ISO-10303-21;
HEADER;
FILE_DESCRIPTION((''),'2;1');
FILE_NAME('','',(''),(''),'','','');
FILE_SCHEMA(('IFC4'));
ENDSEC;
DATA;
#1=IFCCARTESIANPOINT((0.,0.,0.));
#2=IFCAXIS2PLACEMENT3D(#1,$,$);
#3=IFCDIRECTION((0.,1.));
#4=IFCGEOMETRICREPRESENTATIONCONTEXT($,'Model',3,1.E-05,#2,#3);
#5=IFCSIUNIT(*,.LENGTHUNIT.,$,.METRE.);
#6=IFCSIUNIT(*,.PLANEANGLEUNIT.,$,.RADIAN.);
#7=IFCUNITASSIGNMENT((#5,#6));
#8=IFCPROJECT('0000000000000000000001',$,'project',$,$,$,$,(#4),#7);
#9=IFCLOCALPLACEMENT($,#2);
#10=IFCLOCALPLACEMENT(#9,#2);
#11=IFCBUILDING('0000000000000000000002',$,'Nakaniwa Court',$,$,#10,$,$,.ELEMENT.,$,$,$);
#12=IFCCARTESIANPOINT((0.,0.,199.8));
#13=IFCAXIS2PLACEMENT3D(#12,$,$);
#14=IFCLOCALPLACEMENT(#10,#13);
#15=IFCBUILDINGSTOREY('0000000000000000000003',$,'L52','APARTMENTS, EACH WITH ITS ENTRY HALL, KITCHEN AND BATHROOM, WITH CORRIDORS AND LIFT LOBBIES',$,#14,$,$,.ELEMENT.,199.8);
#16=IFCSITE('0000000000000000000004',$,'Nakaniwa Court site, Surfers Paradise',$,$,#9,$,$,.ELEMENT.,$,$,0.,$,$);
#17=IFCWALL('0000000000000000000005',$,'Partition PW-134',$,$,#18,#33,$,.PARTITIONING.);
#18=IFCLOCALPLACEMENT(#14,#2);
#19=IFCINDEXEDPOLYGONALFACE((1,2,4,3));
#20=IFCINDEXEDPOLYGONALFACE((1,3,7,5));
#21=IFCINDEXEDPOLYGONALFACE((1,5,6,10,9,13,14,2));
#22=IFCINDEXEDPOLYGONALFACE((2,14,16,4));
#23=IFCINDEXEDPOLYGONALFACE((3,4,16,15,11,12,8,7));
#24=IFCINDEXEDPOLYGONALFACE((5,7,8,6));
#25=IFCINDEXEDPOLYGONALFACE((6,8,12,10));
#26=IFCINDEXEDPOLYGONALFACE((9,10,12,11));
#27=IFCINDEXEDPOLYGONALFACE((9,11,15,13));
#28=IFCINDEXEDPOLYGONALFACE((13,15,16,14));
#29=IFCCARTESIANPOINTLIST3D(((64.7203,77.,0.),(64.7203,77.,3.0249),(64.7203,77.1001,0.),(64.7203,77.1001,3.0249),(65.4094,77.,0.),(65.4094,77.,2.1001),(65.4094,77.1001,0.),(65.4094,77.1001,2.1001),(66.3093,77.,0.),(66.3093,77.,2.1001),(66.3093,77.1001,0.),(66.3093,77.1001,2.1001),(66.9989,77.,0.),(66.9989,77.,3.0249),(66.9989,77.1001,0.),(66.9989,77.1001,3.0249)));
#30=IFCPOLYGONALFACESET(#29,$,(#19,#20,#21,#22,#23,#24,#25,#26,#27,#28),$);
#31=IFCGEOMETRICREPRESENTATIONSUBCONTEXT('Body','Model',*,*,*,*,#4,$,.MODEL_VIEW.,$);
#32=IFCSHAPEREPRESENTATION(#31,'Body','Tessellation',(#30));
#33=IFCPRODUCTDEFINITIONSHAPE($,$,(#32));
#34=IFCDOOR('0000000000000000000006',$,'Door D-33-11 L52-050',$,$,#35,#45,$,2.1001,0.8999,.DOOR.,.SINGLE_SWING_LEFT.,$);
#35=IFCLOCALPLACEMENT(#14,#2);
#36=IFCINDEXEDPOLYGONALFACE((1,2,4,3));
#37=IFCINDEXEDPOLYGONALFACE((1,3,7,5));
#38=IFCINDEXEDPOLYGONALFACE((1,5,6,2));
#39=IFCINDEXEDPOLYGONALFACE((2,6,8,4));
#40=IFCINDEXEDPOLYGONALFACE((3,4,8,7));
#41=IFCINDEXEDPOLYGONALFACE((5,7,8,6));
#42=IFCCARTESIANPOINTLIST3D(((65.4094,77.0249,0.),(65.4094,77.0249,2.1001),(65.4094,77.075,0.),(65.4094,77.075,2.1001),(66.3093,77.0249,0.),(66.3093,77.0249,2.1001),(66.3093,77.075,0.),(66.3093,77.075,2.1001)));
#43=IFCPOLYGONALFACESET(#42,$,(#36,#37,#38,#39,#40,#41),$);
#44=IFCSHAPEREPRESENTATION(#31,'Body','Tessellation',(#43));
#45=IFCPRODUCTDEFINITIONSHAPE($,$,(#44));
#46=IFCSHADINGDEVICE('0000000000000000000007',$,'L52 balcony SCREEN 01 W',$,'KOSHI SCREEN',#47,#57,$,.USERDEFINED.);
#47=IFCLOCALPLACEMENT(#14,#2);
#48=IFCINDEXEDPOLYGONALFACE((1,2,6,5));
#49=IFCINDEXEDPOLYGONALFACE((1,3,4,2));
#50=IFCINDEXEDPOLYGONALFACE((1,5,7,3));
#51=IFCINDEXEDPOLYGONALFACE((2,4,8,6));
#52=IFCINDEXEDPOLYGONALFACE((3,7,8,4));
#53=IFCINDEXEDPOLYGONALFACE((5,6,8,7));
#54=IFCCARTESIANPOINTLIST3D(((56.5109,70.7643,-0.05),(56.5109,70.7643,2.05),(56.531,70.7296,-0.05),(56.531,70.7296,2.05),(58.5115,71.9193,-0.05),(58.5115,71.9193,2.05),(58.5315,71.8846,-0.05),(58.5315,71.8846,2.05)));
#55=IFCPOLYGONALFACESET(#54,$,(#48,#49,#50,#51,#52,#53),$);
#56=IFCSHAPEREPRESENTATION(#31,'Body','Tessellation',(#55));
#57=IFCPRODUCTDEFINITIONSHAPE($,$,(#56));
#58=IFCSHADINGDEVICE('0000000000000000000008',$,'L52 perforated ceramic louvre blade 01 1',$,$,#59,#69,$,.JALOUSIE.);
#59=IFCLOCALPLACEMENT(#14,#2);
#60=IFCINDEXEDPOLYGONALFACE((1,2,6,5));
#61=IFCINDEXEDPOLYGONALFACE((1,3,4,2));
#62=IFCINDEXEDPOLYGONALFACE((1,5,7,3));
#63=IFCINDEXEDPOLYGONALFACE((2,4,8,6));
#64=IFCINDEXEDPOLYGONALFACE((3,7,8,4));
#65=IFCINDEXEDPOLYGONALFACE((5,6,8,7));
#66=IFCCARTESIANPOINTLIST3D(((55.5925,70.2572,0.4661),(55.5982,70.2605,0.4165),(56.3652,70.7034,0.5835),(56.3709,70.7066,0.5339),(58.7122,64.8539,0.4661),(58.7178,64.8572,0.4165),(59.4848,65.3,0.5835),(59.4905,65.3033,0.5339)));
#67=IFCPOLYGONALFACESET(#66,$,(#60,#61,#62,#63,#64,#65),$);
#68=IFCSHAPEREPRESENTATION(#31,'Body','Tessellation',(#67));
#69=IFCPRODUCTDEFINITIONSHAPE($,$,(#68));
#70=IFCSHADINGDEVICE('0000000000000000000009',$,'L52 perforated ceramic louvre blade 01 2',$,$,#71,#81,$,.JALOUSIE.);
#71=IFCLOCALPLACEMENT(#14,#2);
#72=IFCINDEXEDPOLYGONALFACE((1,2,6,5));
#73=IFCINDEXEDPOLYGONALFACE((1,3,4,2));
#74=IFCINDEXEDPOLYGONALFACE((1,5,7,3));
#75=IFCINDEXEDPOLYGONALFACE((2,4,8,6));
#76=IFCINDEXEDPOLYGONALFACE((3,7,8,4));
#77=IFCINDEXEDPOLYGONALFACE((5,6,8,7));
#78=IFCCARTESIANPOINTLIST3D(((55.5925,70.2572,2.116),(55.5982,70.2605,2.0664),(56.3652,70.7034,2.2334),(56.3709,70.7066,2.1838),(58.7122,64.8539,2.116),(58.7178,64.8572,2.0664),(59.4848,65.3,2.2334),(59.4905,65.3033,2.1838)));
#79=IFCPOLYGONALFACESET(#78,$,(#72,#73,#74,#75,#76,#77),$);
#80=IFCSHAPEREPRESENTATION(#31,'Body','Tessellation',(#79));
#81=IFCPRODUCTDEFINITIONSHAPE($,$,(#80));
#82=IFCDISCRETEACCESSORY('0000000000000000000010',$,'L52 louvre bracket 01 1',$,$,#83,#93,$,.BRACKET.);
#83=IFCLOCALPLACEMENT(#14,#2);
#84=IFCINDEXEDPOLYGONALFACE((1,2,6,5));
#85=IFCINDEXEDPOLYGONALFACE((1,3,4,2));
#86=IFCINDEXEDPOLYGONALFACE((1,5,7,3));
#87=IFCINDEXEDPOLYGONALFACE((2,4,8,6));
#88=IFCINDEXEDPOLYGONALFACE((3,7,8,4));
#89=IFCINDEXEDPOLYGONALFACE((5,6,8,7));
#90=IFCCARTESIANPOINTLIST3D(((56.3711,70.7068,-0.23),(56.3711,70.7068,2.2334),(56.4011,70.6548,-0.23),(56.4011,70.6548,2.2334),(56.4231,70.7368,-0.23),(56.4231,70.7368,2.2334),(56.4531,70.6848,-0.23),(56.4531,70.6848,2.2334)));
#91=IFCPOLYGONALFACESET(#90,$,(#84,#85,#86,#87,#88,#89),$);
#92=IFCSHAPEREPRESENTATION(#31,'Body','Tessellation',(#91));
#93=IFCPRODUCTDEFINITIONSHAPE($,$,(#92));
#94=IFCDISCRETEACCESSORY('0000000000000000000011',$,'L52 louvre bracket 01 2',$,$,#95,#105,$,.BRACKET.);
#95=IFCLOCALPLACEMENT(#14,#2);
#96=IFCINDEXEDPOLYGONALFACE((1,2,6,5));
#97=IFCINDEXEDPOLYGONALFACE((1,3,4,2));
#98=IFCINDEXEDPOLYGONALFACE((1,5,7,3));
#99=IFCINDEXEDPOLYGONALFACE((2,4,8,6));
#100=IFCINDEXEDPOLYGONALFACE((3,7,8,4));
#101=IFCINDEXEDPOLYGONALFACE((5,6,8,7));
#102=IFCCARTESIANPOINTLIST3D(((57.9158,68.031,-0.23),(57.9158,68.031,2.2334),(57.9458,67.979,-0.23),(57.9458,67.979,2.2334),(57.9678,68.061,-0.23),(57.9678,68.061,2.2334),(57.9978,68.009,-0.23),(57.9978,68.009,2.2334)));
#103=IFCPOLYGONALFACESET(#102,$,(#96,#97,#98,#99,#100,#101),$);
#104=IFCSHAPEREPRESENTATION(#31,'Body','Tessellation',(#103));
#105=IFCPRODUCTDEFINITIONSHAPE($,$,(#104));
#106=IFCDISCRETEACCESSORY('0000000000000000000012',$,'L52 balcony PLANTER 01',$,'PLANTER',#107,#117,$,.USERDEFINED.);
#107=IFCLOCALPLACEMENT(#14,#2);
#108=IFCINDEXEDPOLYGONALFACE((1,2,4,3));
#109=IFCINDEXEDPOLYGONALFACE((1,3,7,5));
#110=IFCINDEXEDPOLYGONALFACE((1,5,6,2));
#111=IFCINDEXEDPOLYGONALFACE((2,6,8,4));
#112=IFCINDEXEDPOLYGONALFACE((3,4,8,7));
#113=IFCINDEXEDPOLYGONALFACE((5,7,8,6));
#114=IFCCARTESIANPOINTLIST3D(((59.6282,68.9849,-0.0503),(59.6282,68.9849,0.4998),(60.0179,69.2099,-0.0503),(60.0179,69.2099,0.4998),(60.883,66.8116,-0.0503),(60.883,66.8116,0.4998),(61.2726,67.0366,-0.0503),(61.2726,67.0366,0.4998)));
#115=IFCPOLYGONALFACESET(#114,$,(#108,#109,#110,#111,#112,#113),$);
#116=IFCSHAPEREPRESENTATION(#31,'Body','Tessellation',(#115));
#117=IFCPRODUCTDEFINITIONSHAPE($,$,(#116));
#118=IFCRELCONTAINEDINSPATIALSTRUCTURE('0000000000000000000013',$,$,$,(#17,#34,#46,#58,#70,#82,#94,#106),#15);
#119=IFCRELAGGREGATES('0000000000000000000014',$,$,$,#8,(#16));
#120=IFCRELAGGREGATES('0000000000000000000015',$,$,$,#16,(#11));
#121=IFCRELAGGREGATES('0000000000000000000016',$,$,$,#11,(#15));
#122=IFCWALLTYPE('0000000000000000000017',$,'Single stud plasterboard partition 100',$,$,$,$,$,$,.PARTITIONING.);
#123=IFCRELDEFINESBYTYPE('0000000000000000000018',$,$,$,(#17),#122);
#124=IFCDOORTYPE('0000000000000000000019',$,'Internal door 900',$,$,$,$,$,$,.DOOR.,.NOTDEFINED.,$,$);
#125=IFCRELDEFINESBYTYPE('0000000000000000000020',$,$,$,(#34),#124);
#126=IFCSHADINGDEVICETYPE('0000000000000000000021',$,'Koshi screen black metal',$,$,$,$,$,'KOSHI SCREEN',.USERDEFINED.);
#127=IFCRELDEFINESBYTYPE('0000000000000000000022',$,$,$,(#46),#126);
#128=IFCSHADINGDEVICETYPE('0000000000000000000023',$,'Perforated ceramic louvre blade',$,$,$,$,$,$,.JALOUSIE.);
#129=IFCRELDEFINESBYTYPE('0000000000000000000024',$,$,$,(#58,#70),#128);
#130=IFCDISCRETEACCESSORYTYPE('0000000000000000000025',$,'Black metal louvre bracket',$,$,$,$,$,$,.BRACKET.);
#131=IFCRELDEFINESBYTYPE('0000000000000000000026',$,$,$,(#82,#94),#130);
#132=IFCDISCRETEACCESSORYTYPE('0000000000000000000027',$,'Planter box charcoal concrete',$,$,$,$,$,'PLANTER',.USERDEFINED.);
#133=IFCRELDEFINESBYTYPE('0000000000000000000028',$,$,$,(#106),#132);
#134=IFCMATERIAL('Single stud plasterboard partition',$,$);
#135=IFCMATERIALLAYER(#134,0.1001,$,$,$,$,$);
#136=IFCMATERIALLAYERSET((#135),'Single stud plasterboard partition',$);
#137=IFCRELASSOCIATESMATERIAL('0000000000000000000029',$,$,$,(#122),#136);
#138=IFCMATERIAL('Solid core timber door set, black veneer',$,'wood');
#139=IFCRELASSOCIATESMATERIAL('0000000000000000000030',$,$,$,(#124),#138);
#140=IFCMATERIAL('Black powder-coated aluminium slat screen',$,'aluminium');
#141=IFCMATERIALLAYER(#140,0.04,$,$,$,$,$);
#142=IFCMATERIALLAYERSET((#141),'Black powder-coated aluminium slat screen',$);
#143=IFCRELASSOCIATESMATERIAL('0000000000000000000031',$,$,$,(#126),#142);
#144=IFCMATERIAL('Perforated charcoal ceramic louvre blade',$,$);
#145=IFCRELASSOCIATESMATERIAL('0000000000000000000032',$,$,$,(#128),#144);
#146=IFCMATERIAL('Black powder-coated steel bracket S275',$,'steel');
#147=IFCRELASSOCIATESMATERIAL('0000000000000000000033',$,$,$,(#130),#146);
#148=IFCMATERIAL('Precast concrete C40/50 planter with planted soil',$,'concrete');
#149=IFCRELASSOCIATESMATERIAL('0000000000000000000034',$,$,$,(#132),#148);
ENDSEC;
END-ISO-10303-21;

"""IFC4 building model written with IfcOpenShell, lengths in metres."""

from ifc_helpers import new_model, si_unit, direction, frame, frame_2d, origin, origin_2d, place, context, subcontext, project, spatial, rectangle, extrude, material, layer, layer_set, material_profile, profile_set, type_object, element, fill, save


model = new_model("IFC4")

# Units and contexts
model_context = context("Model", 3, precision=1e-05, world=origin(), true_north=direction((0.0, 1.0)))
body_context = subcontext(model_context, "Body", "Model", "MODEL_VIEW")
ifc_project = project(units=[si_unit("LENGTHUNIT", "METRE"), si_unit("PLANEANGLEUNIT", "RADIAN")], contexts=[model_context])

# Site, building, storey
site_placement = place(None, origin())
site = spatial("IfcSite", under=ifc_project, at=site_placement, Name="Nakaniwa Court site, Surfers Paradise", CompositionType="ELEMENT", RefElevation=0.0)
building_placement = place(site_placement, origin())
building = spatial("IfcBuilding", under=site, at=building_placement, Name="Nakaniwa Court", CompositionType="ELEMENT")
storey_placement = place(building_placement, frame((0.0, 0.0, 199.8)))
storey = spatial("IfcBuildingStorey", under=building, at=storey_placement, Name="L52", Description="APARTMENTS, EACH WITH ITS ENTRY HALL, KITCHEN AND BATHROOM, WITH CORRIDORS AND LIFT LOBBIES", CompositionType="ELEMENT", Elevation=199.8)

# Shared definitions
ifc_material_1 = material(Name="Solid core timber door set, black veneer", Category="wood")

# Shared definitions
ifc_material_2 = material(Name="Single stud plasterboard partition")
ifc_layer_1 = layer(ifc_material_2, 0.1001)
ifc_layer_set_1 = layer_set([ifc_layer_1], Name="Single stud plasterboard partition")
wall_type_1 = type_object("IfcWallType", Name="Single stud plasterboard partition 100", PredefinedType="PARTITIONING", material=ifc_layer_set_1)
door_type_1 = type_object("IfcDoorType", Name="Internal door 900", OperationType="NOTDEFINED", PredefinedType="DOOR", material=ifc_material_1)

# Wall, opening, door
wall_1_placement = place(storey_placement, frame((64.7205, 77.05, 0.0), z_axis=(0.0, 0.0, 1.0), x_axis=(1.0, 0.0, 0.0)))
wall_1 = element("IfcWall", 1, at=wall_1_placement, inside=storey, type_object=wall_type_1, Name="Partition PW-134", PredefinedType="PARTITIONING", context=body_context, shape_type="SweptSolid", body=[
    extrude(rectangle(XDim=2.2786, YDim=0.1001, at=frame_2d((1.1392, 0.0))), origin(), (0.0, 0.0, 1.0), 3.0249),
])
opening_1_placement = place(wall_1_placement, frame((0.689, 0.0, 0.0)))
opening_1 = element("IfcOpeningElement", 2, at=opening_1_placement, cuts=wall_1, PredefinedType="OPENING", context=body_context, shape_type="SweptSolid", body=[
    extrude(rectangle(XDim=0.8999, YDim=2.1001, at=frame_2d((0.45, 1.05))), frame((0.0, 0.0601, 0.0), z_axis=(0.0, -1.0, 0.0), x_axis=(1.0, 0.0, 0.0)), (0.0, 0.0, 1.0), 0.1201),
])
door_1_placement = place(opening_1_placement, origin())
door_1 = element("IfcDoor", 3, at=door_1_placement, inside=storey, type_object=door_type_1, Name="Door D-33-11 L52-050", OperationType="SINGLE_SWING_LEFT", OverallHeight=2.1001, OverallWidth=0.8999, PredefinedType="DOOR", context=body_context, shape_type="SweptSolid", body=[
    extrude(rectangle(XDim=0.8999, YDim=2.1001, at=frame_2d((0.45, 1.05))), frame((0.0, 0.0249, 0.0), z_axis=(0.0, -1.0, 0.0), x_axis=(1.0, 0.0, 0.0)), (0.0, 0.0, 1.0), 0.05),
])
fill(opening_1, door_1)

# Shading devices
ifc_material_3 = material(Name="Black powder-coated aluminium slat screen", Category="aluminium")
ifc_layer_2 = layer(ifc_material_3, 0.04)
ifc_layer_set_2 = layer_set([ifc_layer_2], Name="Black powder-coated aluminium slat screen")
shading_device_type_1 = type_object("IfcShadingDeviceType", Name="Koshi screen black metal", ElementType="KOSHI SCREEN", PredefinedType="USERDEFINED", material=ifc_layer_set_2)
shading_device_placement = place(storey_placement, frame((57.5212, 71.3245, -0.05), z_axis=(0.0, 0.0, 1.0), x_axis=(0.499986, -0.866033, 0.0)))
element("IfcShadingDevice", 4, at=shading_device_placement, inside=storey, type_object=shading_device_type_1, Name="L52 balcony SCREEN 01 W", ObjectType="KOSHI SCREEN", PredefinedType="USERDEFINED", context=body_context, shape_type="SweptSolid", body=[
    extrude(rectangle(XDim=0.04, YDim=2.3101, at=origin_2d()), origin(), (0.0, 0.0, 1.0), 2.1001),
])
ifc_material_4 = material(Name="Perforated charcoal ceramic louvre blade")
ifc_material_profile_1 = material_profile(ifc_material_4, rectangle(XDim=0.8999, YDim=0.05, at=origin_2d()), Name="Perforated ceramic louvre blade")
ifc_profile_set_1 = profile_set([ifc_material_profile_1], Name="Perforated charcoal ceramic louvre blade")
shading_device_type_2 = type_object("IfcShadingDeviceType", Name="Perforated ceramic louvre blade", PredefinedType="JALOUSIE", material=ifc_profile_set_1)
for number, where, z_axis, x_axis, name in (
    (5, (55.9817, 70.4819, 0.5), (0.500002, -0.866024, 0.0), (0.858615, 0.495725, 0.130526), "L52 perforated ceramic louvre blade 01 1"),
    (6, (55.9817, 70.4819, 2.1499), (0.500002, -0.866024, 0.0), (0.858615, 0.495725, 0.130526), "L52 perforated ceramic louvre blade 01 2"),
):
    element("IfcShadingDevice", number, at=place(storey_placement, frame(where, z_axis=z_axis, x_axis=x_axis)), inside=storey, type_object=shading_device_type_2, Name=name, PredefinedType="JALOUSIE", context=body_context, shape_type="SweptSolid", body=[
        extrude(rectangle(XDim=0.8999, YDim=0.05, at=origin_2d()), origin(), (0.0, 0.0, 1.0), 6.2393),
    ])

# Discrete accessories
ifc_material_5 = material(Name="Black powder-coated steel bracket S275", Category="steel")
discrete_accessory_type_1 = type_object("IfcDiscreteAccessoryType", Name="Black metal louvre bracket", PredefinedType="BRACKET", material=ifc_material_5)
for number, where, z_axis, x_axis, name in (
    (7, (56.4121, 70.6958, -0.23), (0.0, 0.0, 1.0), (0.499986, -0.866033, 0.0), "L52 louvre bracket 01 1"),
    (8, (57.9568, 68.02, -0.23), (0.0, 0.0, 1.0), (0.499986, -0.866033, 0.0), "L52 louvre bracket 01 2"),
):
    element("IfcDiscreteAccessory", number, at=place(storey_placement, frame(where, z_axis=z_axis, x_axis=x_axis)), inside=storey, type_object=discrete_accessory_type_1, Name=name, PredefinedType="BRACKET", context=body_context, shape_type="SweptSolid", body=[
        extrude(rectangle(XDim=0.0601, YDim=0.0601, at=origin_2d()), origin(), (0.0, 0.0, 1.0), 2.4634),
    ])
ifc_material_6 = material(Name="Precast concrete C40/50 planter with planted soil", Category="concrete")
discrete_accessory_type_2 = type_object("IfcDiscreteAccessoryType", Name="Planter box charcoal concrete", ElementType="PLANTER", PredefinedType="USERDEFINED", material=ifc_material_6)
discrete_accessory_placement = place(storey_placement, frame((60.4504, 68.0107, -0.0503), z_axis=(0.0, 0.0, 1.0), x_axis=(0.499986, -0.866033, 0.0)))
element("IfcDiscreteAccessory", 9, at=discrete_accessory_placement, inside=storey, type_object=discrete_accessory_type_2, Name="L52 balcony PLANTER 01", ObjectType="PLANTER", PredefinedType="USERDEFINED", context=body_context, shape_type="SweptSolid", body=[
    extrude(rectangle(XDim=2.5095, YDim=0.45, at=origin_2d()), origin(), (0.0, 0.0, 1.0), 0.55),
])

save(model, "model.ifc")
